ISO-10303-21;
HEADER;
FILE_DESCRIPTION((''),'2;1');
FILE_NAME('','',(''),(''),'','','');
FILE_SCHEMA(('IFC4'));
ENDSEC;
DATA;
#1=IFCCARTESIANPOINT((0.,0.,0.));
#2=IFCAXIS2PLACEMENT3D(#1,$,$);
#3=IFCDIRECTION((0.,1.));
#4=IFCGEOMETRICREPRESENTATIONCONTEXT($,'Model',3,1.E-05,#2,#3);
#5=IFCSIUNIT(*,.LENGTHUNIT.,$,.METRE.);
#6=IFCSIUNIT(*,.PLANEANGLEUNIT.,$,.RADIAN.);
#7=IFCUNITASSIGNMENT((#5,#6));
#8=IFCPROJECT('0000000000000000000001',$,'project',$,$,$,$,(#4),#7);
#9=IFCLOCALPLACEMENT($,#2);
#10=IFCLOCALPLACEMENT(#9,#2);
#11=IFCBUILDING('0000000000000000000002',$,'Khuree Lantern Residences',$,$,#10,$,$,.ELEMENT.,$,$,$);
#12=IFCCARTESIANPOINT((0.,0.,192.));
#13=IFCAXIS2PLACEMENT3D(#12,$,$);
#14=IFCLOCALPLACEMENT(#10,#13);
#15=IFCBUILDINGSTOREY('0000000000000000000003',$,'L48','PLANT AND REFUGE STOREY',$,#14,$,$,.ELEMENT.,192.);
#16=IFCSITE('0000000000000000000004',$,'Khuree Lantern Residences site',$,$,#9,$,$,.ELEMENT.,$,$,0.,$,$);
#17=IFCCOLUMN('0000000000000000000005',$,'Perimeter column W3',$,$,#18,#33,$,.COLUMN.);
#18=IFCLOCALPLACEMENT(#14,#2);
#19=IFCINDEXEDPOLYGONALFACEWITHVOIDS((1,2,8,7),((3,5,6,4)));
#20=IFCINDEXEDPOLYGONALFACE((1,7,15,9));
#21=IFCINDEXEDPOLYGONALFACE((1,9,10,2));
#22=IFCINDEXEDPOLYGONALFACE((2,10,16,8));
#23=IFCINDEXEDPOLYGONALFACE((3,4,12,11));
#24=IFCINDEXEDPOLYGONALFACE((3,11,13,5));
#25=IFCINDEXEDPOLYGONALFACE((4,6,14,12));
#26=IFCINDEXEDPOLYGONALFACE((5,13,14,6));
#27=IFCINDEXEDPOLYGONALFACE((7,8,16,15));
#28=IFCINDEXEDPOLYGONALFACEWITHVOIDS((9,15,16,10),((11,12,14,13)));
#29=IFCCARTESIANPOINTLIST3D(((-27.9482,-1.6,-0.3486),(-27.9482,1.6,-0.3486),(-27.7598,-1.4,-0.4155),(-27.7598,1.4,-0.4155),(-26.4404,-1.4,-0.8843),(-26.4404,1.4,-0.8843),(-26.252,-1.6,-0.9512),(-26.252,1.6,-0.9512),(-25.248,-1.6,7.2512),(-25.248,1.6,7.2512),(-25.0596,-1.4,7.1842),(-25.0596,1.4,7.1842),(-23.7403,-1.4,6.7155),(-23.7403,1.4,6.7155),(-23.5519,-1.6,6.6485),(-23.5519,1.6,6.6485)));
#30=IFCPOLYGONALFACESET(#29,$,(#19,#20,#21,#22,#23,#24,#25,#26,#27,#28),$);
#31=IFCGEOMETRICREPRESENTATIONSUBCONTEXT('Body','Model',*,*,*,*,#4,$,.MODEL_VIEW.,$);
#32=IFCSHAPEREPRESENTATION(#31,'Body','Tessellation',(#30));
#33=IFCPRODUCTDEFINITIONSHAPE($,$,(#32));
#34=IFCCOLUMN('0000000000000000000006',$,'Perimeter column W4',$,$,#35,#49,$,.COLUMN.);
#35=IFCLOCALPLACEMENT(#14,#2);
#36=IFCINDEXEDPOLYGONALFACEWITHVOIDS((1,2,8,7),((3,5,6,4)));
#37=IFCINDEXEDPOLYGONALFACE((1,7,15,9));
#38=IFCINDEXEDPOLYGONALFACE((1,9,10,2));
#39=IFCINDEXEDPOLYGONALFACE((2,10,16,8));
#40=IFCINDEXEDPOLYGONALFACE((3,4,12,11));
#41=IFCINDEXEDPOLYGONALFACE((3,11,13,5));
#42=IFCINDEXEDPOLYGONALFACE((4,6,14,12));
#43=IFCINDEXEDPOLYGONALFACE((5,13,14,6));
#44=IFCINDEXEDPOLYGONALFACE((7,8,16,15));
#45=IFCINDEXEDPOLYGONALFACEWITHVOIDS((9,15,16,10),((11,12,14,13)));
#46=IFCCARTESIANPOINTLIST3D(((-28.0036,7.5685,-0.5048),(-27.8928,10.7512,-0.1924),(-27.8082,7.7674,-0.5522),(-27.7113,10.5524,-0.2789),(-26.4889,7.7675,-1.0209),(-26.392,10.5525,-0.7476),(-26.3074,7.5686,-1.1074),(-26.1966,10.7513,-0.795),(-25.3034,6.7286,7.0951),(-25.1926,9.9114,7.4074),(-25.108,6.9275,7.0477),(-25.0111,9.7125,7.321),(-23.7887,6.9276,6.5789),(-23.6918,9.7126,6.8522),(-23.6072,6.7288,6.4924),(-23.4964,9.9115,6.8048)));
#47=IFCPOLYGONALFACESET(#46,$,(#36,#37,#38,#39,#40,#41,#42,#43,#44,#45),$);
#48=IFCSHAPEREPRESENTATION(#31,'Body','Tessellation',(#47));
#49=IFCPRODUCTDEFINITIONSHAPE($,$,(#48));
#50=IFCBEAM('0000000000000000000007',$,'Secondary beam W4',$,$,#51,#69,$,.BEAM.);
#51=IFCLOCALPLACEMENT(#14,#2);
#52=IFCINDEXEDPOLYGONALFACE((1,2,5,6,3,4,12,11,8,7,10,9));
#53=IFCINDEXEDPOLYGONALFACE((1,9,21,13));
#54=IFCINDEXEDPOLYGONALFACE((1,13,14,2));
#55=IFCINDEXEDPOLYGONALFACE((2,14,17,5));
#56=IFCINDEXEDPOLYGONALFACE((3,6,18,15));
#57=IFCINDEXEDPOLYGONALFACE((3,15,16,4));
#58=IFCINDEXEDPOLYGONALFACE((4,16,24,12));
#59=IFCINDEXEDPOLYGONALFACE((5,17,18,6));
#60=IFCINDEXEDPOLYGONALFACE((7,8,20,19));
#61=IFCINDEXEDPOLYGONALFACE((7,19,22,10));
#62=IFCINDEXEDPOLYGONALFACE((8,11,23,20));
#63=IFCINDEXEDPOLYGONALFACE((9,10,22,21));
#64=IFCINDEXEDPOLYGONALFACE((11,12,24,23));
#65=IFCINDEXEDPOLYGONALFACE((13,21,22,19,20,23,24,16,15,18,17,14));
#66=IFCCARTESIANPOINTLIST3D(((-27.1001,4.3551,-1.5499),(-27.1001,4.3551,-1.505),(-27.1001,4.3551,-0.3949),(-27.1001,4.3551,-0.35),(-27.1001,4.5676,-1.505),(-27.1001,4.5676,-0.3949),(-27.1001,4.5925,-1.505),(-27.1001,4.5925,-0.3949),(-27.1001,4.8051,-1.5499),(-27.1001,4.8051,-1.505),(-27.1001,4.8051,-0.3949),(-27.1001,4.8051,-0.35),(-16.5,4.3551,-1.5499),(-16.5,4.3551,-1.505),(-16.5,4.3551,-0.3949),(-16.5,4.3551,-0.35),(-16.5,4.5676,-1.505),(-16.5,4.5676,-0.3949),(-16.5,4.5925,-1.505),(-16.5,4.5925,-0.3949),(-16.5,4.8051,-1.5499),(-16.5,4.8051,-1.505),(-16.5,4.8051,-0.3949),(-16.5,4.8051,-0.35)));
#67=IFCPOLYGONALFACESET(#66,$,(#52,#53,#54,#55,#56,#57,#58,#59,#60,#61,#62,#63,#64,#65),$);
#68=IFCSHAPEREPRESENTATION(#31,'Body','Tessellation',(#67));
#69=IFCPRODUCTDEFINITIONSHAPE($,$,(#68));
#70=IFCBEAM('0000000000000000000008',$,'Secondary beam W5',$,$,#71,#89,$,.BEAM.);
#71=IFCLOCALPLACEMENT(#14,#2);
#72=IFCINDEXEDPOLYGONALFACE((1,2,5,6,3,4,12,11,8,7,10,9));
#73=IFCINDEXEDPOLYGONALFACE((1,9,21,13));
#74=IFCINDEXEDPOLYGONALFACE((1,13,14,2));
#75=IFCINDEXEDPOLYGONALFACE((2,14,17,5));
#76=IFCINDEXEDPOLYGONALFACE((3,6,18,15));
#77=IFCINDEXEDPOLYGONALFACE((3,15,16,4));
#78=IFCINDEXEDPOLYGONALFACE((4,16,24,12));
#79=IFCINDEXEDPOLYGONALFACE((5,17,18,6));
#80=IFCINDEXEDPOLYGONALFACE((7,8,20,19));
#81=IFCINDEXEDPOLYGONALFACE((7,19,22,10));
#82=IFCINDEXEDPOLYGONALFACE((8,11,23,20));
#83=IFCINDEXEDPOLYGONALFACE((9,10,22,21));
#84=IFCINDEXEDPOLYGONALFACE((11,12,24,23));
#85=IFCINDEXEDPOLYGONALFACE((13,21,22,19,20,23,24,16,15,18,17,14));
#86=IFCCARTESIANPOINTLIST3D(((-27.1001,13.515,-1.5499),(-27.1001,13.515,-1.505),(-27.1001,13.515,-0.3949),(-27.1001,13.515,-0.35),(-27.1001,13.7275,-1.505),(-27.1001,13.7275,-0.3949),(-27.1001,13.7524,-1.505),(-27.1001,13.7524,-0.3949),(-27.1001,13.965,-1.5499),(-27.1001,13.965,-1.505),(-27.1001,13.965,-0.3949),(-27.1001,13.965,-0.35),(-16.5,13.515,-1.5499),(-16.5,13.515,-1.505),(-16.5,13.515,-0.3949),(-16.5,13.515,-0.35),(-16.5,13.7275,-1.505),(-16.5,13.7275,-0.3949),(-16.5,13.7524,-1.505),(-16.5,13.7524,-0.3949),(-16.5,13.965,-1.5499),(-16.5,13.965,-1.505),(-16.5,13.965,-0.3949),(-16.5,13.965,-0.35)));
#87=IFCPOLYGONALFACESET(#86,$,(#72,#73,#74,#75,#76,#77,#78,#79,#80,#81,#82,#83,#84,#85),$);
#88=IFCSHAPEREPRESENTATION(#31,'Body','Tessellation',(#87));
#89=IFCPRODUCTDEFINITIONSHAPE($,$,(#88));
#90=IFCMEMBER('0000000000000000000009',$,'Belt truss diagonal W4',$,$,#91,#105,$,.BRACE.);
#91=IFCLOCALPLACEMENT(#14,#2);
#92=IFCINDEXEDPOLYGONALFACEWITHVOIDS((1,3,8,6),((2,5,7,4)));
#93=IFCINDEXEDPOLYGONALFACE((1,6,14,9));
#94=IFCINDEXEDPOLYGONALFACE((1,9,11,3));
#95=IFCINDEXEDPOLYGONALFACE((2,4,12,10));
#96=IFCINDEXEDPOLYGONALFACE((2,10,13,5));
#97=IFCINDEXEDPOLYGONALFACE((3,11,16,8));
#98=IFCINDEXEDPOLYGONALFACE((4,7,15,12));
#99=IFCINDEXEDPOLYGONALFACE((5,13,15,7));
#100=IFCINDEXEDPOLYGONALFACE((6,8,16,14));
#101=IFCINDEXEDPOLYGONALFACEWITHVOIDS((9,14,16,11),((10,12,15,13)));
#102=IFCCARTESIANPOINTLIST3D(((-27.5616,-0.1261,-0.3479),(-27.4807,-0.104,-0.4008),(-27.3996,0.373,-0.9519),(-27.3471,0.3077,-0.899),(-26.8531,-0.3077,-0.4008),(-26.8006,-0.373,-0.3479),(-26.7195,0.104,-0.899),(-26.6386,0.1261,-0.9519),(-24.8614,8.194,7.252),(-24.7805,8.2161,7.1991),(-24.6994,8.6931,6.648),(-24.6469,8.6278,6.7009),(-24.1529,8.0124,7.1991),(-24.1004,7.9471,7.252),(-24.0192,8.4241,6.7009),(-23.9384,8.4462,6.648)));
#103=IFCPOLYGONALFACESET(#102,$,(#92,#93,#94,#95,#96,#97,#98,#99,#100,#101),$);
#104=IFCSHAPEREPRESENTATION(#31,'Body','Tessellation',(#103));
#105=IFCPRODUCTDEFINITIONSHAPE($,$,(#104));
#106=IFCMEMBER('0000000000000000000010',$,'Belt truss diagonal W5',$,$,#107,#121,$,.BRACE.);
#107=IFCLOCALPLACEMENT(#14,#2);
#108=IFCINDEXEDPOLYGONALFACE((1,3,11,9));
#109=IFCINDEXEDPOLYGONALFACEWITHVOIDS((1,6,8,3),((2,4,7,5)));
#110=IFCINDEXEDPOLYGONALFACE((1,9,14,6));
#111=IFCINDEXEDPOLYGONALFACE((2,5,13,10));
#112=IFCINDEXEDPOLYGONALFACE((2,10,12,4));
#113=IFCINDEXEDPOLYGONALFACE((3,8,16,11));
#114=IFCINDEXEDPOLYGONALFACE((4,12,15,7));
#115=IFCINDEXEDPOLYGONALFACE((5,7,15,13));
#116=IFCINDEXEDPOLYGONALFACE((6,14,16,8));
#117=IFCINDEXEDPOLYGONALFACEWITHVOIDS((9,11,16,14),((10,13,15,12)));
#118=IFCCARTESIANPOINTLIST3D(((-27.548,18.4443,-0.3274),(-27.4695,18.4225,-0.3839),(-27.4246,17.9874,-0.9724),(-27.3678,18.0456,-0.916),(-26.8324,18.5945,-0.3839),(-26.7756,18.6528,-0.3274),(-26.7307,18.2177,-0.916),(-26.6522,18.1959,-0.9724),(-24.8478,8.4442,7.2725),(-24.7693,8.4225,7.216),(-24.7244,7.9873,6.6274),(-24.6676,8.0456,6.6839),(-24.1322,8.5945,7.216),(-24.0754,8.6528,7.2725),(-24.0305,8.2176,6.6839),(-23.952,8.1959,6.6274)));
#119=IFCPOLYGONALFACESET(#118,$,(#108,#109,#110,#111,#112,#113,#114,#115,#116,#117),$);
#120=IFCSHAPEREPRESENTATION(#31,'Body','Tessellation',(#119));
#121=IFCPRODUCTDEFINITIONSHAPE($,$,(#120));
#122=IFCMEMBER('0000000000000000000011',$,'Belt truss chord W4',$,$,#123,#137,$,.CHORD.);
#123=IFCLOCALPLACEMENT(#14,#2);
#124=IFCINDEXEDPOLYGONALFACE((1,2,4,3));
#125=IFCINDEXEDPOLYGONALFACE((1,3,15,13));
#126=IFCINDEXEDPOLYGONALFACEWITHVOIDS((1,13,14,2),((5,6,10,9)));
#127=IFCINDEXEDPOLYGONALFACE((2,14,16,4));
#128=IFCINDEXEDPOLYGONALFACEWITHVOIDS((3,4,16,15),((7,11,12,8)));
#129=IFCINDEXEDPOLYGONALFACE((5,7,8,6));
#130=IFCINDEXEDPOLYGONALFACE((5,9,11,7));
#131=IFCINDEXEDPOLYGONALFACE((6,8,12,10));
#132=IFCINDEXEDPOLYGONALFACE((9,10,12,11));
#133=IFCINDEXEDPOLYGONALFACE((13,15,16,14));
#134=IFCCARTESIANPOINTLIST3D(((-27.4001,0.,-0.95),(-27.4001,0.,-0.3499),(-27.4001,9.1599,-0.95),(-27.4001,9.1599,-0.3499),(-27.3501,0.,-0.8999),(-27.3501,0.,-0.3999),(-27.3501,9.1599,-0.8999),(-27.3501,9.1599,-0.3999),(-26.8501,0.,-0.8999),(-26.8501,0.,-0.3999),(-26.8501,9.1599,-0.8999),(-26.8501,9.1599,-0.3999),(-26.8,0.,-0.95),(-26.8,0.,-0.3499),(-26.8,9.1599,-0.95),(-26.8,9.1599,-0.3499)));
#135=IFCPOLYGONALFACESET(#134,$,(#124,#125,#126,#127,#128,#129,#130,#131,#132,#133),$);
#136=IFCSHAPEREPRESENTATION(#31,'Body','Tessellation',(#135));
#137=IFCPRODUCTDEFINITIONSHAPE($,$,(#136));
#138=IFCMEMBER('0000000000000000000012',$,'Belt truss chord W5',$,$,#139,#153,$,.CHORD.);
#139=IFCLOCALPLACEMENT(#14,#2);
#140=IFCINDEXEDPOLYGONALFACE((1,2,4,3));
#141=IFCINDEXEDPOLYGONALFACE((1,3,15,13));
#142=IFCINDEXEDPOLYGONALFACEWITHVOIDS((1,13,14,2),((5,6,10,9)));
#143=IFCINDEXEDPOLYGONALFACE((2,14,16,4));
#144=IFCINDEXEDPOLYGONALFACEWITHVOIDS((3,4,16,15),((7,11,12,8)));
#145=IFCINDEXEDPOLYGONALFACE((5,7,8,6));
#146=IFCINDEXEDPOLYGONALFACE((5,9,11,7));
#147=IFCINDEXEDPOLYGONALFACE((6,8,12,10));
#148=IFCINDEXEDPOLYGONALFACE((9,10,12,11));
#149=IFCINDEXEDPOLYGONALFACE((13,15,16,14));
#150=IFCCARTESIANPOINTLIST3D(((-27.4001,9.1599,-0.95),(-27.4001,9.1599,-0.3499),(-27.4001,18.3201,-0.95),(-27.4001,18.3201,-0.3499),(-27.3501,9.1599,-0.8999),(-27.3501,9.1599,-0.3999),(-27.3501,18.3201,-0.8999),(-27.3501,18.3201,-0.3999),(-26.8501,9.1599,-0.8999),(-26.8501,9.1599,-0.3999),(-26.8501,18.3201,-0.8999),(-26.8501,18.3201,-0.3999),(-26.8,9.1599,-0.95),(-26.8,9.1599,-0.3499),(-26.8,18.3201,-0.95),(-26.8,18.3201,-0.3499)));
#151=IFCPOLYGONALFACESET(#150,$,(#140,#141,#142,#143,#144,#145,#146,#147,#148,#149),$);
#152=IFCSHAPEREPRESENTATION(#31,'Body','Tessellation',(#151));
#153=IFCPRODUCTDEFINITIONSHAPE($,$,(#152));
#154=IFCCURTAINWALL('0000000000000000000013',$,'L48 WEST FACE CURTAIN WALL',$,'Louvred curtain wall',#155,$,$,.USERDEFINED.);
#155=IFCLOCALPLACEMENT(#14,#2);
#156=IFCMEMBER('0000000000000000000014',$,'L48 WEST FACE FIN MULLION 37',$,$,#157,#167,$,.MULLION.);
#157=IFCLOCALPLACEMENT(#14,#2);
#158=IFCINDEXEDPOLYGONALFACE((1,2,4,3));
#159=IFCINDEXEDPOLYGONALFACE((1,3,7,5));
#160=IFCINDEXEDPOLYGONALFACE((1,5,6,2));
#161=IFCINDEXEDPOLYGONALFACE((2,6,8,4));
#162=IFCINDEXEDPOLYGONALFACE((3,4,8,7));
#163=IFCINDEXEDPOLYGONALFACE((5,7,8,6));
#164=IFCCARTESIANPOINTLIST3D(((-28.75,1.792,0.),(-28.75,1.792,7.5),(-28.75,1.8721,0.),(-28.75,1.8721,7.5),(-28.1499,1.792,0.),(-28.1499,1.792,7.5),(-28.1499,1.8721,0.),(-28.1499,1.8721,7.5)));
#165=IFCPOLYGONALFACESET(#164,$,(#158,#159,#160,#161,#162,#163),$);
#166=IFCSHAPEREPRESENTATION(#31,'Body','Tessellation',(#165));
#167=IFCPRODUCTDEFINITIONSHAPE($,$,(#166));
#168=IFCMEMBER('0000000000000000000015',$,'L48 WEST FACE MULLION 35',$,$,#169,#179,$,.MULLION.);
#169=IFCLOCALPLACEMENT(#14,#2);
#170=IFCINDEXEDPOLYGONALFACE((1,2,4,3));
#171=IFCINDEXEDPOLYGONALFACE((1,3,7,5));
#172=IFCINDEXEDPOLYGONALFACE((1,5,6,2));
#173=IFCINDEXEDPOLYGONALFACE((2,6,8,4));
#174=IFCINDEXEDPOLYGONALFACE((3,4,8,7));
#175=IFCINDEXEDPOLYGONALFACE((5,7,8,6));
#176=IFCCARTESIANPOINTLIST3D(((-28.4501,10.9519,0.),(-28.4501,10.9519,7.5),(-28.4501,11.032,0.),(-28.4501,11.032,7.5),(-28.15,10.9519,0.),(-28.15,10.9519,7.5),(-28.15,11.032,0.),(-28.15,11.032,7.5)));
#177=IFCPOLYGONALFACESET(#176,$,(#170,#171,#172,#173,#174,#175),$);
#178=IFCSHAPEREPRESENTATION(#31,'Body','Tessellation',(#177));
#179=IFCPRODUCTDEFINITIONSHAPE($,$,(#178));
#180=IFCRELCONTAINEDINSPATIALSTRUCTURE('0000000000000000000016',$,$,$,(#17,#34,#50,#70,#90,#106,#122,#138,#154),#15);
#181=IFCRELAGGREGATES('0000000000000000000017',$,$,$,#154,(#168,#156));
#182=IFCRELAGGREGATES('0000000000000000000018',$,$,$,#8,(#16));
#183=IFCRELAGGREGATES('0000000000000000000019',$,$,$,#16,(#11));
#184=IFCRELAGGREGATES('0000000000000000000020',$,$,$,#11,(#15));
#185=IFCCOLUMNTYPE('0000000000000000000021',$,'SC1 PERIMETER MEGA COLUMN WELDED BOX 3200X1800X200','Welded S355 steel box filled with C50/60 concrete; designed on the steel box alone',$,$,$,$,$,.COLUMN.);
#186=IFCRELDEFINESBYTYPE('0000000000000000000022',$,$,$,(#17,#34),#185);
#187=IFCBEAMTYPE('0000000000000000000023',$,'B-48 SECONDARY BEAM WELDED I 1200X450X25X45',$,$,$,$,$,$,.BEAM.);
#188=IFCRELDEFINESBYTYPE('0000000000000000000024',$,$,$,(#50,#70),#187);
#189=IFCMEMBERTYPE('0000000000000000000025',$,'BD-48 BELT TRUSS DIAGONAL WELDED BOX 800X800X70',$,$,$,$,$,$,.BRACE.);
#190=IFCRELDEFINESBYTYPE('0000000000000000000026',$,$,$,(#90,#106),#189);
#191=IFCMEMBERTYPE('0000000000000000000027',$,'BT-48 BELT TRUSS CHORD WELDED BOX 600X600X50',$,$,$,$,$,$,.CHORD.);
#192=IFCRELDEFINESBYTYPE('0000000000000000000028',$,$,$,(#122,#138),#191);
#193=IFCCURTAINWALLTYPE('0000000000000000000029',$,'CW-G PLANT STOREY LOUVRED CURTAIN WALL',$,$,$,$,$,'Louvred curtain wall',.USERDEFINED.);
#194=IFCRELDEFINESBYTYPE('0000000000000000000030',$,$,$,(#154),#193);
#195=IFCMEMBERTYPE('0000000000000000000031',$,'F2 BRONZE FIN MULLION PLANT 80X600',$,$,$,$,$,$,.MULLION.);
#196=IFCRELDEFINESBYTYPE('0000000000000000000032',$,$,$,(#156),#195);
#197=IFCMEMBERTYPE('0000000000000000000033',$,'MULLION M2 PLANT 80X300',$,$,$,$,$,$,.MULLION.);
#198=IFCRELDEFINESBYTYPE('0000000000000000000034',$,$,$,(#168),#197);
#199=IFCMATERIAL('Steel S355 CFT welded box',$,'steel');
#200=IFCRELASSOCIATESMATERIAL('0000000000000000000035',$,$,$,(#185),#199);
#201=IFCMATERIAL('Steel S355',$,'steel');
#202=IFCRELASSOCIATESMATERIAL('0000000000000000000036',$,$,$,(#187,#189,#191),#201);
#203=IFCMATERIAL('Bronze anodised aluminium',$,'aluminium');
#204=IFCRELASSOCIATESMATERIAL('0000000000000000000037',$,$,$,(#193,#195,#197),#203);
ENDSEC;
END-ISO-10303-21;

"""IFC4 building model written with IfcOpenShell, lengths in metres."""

from ifc_helpers import new_model, si_unit, direction, frame, origin, origin_2d, place, context, subcontext, project, spatial, rectangle, hollow_rectangle, i_section, extrude, material, material_profile, profile_set, type_object, element, aggregate, save


model = new_model("IFC4")

# Units and contexts
model_context = context("Model", 3, precision=1e-05, world=origin(), true_north=direction((0.0, 1.0)))
body_context = subcontext(model_context, "Body", "Model", "MODEL_VIEW")
ifc_project = project(units=[si_unit("LENGTHUNIT", "METRE"), si_unit("PLANEANGLEUNIT", "RADIAN")], contexts=[model_context])

# Site, building, storey
site_placement = place(None, origin())
site = spatial("IfcSite", under=ifc_project, at=site_placement, Name="Khuree Lantern Residences site", CompositionType="ELEMENT", RefElevation=0.0)
building_placement = place(site_placement, origin())
building = spatial("IfcBuilding", under=site, at=building_placement, Name="Khuree Lantern Residences", CompositionType="ELEMENT")
storey_placement = place(building_placement, frame((0.0, 0.0, 192.0)))
storey = spatial("IfcBuildingStorey", under=building, at=storey_placement, Name="L48", Description="PLANT AND REFUGE STOREY", CompositionType="ELEMENT", Elevation=192.0)

# Columns
ifc_material_1 = material(Name="Steel S355 CFT welded box", Category="steel")
ifc_material_profile_1 = material_profile(ifc_material_1, hollow_rectangle(XDim=3.2, YDim=1.8, WallThickness=0.2, at=origin_2d()), Name="WELDED BOX 3200X1800X200")
ifc_profile_set_1 = profile_set([ifc_material_profile_1], Name="Steel S355 CFT welded box")
column_type = type_object("IfcColumnType", Name="SC1 PERIMETER MEGA COLUMN WELDED BOX 3200X1800X200", Description="Welded S355 steel box filled with C50/60 concrete; designed on the steel box alone", PredefinedType="COLUMN", material=ifc_profile_set_1)
column_1_placement = place(storey_placement, frame((-27.1001, 0.0, -0.6499), z_axis=(0.334792, 0.0, 0.942292), x_axis=(0.0, 1.0, 0.0)))
element("IfcColumn", 1, at=column_1_placement, inside=storey, type_object=column_type, Name="Perimeter column W3", PredefinedType="COLUMN", context=body_context, shape_type="SweptSolid", body=[
    extrude(hollow_rectangle(XDim=3.2, YDim=1.8, WallThickness=0.2, at=origin_2d()), origin(), (0.0, 0.0, 1.0), 8.0652),
])
column_2_placement = place(storey_placement, frame((-27.1001, 9.1599, -0.6499), z_axis=(0.332992, -0.103571, 0.937224), x_axis=(0.034607, 0.994622, 0.097618)))
element("IfcColumn", 2, at=column_2_placement, inside=storey, type_object=column_type, Name="Perimeter column W4", PredefinedType="COLUMN", context=body_context, shape_type="SweptSolid", body=[
    extrude(hollow_rectangle(XDim=3.2, YDim=1.8, WallThickness=0.2, at=origin_2d()), origin(), (0.0, 0.0, 1.0), 8.1089),
])

# Beams
ifc_material_2 = material(Name="Steel S355", Category="steel")
ifc_material_profile_2 = material_profile(ifc_material_2, i_section(OverallWidth=0.45, OverallDepth=1.2, WebThickness=0.0249, FlangeThickness=0.0449, at=origin_2d()), Name="WELDED I 1200X450X25X45")
ifc_profile_set_2 = profile_set([ifc_material_profile_2], Name="Steel S355")
beam_type = type_object("IfcBeamType", Name="B-48 SECONDARY BEAM WELDED I 1200X450X25X45", PredefinedType="BEAM", material=ifc_profile_set_2)
for number, where, z_axis, x_axis, name in (
    (3, (-27.1001, 4.5801, -0.95), (1.0, 0.0, 0.0), (0.0, 1.0, 0.0), "Secondary beam W4"),
    (4, (-27.1001, 13.74, -0.95), (1.0, 0.0, 0.0), (0.0, 1.0, 0.0), "Secondary beam W5"),
):
    element("IfcBeam", number, at=place(storey_placement, frame(where, z_axis=z_axis, x_axis=x_axis)), inside=storey, type_object=beam_type, Name=name, PredefinedType="BEAM", context=body_context, shape_type="SweptSolid", body=[
        extrude(i_section(OverallWidth=0.45, OverallDepth=1.2, WebThickness=0.0249, FlangeThickness=0.0449, at=origin_2d()), origin(), (0.0, 0.0, 1.0), 10.6001),
    ])

# Members
ifc_material_profile_3 = material_profile(ifc_material_2, hollow_rectangle(XDim=0.8, YDim=0.8, WallThickness=0.0701, at=origin_2d()), Name="WELDED BOX 800X800X70")
ifc_profile_set_3 = profile_set([ifc_material_profile_3], Name="Steel S355")
member_type_1 = type_object("IfcMemberType", Name="BD-48 BELT TRUSS DIAGONAL WELDED BOX 800X800X70", PredefinedType="BRACE", material=ifc_profile_set_3)
member_1_placement = place(storey_placement, frame((-27.1001, 0.0, -0.6499), z_axis=(0.233025, 0.718015, 0.655861), x_axis=(-0.951163, 0.30869, 0.0)))
element("IfcMember", 5, at=member_1_placement, inside=storey, type_object=member_type_1, Name="Belt truss diagonal W4", PredefinedType="BRACE", context=body_context, shape_type="SweptSolid", body=[
    extrude(hollow_rectangle(XDim=0.8, YDim=0.8, WallThickness=0.0701, at=origin_2d()), origin(), (0.0, 0.0, 1.0), 11.5876),
])
member_2_placement = place(storey_placement, frame((-24.3999, 8.3201, 6.95), z_axis=(-0.210179, 0.778384, -0.59156), x_axis=(-0.965424, -0.260683, 0.0)))
element("IfcMember", 6, at=member_2_placement, inside=storey, type_object=member_type_1, Name="Belt truss diagonal W5", PredefinedType="BRACE", context=body_context, shape_type="SweptSolid", body=[
    extrude(hollow_rectangle(XDim=0.8, YDim=0.8, WallThickness=0.0701, at=origin_2d()), origin(), (0.0, 0.0, 1.0), 12.8472),
])
ifc_material_profile_4 = material_profile(ifc_material_2, hollow_rectangle(XDim=0.6001, YDim=0.6001, WallThickness=0.05, at=origin_2d()), Name="WELDED BOX 600X600X50")
ifc_profile_set_4 = profile_set([ifc_material_profile_4], Name="Steel S355")
member_type_2 = type_object("IfcMemberType", Name="BT-48 BELT TRUSS CHORD WELDED BOX 600X600X50", PredefinedType="CHORD", material=ifc_profile_set_4)
member_3_placement = place(storey_placement, frame((-27.1001, 0.0, -0.6499), z_axis=(0.0, 1.0, 0.0), x_axis=(-1.0, 0.0, 0.0)))
element("IfcMember", 7, at=member_3_placement, inside=storey, type_object=member_type_2, Name="Belt truss chord W4", PredefinedType="CHORD", context=body_context, shape_type="SweptSolid", body=[
    extrude(hollow_rectangle(XDim=0.6001, YDim=0.6001, WallThickness=0.05, at=origin_2d()), origin(), (0.0, 0.0, 1.0), 9.1599),
])
member_4_placement = place(storey_placement, frame((-27.1001, 9.1599, -0.6499), z_axis=(0.0, 1.0, 0.0), x_axis=(-1.0, 0.0, 0.0)))
element("IfcMember", 8, at=member_4_placement, inside=storey, type_object=member_type_2, Name="Belt truss chord W5", PredefinedType="CHORD", context=body_context, shape_type="SweptSolid", body=[
    extrude(hollow_rectangle(XDim=0.6001, YDim=0.6001, WallThickness=0.05, at=origin_2d()), origin(), (0.0, 0.0, 1.0), 9.1602),
])

# Curtain wall, members
ifc_material_3 = material(Name="Bronze anodised aluminium", Category="aluminium")
curtain_wall_type = type_object("IfcCurtainWallType", Name="CW-G PLANT STOREY LOUVRED CURTAIN WALL", ElementType="Louvred curtain wall", PredefinedType="USERDEFINED", material=ifc_material_3)
curtain_wall_placement = place(storey_placement, origin())
curtain_wall = element("IfcCurtainWall", 9, at=curtain_wall_placement, inside=storey, type_object=curtain_wall_type, Name="L48 WEST FACE CURTAIN WALL", ObjectType="Louvred curtain wall", PredefinedType="USERDEFINED")
ifc_material_profile_5 = material_profile(ifc_material_3, rectangle(XDim=0.0801, YDim=0.6001, at=origin_2d()), Name="F2 80X600")
ifc_profile_set_5 = profile_set([ifc_material_profile_5], Name="Bronze anodised aluminium")
member_type_3 = type_object("IfcMemberType", Name="F2 BRONZE FIN MULLION PLANT 80X600", PredefinedType="MULLION", material=ifc_profile_set_5)
member_5_placement = place(storey_placement, frame((-28.45, 1.832, 0.0), z_axis=(0.0, 0.0, 1.0), x_axis=(0.0, -1.0, 0.0)))
member_5 = element("IfcMember", 10, at=member_5_placement, type_object=member_type_3, Name="L48 WEST FACE FIN MULLION 37", PredefinedType="MULLION", context=body_context, shape_type="SweptSolid", body=[
    extrude(rectangle(XDim=0.0801, YDim=0.6001, at=origin_2d()), origin(), (0.0, 0.0, 1.0), 7.5),
])
ifc_material_profile_6 = material_profile(ifc_material_3, rectangle(XDim=0.0801, YDim=0.3, at=origin_2d()), Name="M2 80X300")
ifc_profile_set_6 = profile_set([ifc_material_profile_6], Name="Bronze anodised aluminium")
member_type_4 = type_object("IfcMemberType", Name="MULLION M2 PLANT 80X300", PredefinedType="MULLION", material=ifc_profile_set_6)
member_6_placement = place(storey_placement, frame((-28.3, 10.9919, 0.0), z_axis=(0.0, 0.0, 1.0), x_axis=(0.0, -1.0, 0.0)))
member_6 = element("IfcMember", 11, at=member_6_placement, type_object=member_type_4, Name="L48 WEST FACE MULLION 35", PredefinedType="MULLION", context=body_context, shape_type="SweptSolid", body=[
    extrude(rectangle(XDim=0.0801, YDim=0.3, at=origin_2d()), origin(), (0.0, 0.0, 1.0), 7.5),
])

aggregate(curtain_wall, [member_6, member_5])

save(model, "model.ifc")
